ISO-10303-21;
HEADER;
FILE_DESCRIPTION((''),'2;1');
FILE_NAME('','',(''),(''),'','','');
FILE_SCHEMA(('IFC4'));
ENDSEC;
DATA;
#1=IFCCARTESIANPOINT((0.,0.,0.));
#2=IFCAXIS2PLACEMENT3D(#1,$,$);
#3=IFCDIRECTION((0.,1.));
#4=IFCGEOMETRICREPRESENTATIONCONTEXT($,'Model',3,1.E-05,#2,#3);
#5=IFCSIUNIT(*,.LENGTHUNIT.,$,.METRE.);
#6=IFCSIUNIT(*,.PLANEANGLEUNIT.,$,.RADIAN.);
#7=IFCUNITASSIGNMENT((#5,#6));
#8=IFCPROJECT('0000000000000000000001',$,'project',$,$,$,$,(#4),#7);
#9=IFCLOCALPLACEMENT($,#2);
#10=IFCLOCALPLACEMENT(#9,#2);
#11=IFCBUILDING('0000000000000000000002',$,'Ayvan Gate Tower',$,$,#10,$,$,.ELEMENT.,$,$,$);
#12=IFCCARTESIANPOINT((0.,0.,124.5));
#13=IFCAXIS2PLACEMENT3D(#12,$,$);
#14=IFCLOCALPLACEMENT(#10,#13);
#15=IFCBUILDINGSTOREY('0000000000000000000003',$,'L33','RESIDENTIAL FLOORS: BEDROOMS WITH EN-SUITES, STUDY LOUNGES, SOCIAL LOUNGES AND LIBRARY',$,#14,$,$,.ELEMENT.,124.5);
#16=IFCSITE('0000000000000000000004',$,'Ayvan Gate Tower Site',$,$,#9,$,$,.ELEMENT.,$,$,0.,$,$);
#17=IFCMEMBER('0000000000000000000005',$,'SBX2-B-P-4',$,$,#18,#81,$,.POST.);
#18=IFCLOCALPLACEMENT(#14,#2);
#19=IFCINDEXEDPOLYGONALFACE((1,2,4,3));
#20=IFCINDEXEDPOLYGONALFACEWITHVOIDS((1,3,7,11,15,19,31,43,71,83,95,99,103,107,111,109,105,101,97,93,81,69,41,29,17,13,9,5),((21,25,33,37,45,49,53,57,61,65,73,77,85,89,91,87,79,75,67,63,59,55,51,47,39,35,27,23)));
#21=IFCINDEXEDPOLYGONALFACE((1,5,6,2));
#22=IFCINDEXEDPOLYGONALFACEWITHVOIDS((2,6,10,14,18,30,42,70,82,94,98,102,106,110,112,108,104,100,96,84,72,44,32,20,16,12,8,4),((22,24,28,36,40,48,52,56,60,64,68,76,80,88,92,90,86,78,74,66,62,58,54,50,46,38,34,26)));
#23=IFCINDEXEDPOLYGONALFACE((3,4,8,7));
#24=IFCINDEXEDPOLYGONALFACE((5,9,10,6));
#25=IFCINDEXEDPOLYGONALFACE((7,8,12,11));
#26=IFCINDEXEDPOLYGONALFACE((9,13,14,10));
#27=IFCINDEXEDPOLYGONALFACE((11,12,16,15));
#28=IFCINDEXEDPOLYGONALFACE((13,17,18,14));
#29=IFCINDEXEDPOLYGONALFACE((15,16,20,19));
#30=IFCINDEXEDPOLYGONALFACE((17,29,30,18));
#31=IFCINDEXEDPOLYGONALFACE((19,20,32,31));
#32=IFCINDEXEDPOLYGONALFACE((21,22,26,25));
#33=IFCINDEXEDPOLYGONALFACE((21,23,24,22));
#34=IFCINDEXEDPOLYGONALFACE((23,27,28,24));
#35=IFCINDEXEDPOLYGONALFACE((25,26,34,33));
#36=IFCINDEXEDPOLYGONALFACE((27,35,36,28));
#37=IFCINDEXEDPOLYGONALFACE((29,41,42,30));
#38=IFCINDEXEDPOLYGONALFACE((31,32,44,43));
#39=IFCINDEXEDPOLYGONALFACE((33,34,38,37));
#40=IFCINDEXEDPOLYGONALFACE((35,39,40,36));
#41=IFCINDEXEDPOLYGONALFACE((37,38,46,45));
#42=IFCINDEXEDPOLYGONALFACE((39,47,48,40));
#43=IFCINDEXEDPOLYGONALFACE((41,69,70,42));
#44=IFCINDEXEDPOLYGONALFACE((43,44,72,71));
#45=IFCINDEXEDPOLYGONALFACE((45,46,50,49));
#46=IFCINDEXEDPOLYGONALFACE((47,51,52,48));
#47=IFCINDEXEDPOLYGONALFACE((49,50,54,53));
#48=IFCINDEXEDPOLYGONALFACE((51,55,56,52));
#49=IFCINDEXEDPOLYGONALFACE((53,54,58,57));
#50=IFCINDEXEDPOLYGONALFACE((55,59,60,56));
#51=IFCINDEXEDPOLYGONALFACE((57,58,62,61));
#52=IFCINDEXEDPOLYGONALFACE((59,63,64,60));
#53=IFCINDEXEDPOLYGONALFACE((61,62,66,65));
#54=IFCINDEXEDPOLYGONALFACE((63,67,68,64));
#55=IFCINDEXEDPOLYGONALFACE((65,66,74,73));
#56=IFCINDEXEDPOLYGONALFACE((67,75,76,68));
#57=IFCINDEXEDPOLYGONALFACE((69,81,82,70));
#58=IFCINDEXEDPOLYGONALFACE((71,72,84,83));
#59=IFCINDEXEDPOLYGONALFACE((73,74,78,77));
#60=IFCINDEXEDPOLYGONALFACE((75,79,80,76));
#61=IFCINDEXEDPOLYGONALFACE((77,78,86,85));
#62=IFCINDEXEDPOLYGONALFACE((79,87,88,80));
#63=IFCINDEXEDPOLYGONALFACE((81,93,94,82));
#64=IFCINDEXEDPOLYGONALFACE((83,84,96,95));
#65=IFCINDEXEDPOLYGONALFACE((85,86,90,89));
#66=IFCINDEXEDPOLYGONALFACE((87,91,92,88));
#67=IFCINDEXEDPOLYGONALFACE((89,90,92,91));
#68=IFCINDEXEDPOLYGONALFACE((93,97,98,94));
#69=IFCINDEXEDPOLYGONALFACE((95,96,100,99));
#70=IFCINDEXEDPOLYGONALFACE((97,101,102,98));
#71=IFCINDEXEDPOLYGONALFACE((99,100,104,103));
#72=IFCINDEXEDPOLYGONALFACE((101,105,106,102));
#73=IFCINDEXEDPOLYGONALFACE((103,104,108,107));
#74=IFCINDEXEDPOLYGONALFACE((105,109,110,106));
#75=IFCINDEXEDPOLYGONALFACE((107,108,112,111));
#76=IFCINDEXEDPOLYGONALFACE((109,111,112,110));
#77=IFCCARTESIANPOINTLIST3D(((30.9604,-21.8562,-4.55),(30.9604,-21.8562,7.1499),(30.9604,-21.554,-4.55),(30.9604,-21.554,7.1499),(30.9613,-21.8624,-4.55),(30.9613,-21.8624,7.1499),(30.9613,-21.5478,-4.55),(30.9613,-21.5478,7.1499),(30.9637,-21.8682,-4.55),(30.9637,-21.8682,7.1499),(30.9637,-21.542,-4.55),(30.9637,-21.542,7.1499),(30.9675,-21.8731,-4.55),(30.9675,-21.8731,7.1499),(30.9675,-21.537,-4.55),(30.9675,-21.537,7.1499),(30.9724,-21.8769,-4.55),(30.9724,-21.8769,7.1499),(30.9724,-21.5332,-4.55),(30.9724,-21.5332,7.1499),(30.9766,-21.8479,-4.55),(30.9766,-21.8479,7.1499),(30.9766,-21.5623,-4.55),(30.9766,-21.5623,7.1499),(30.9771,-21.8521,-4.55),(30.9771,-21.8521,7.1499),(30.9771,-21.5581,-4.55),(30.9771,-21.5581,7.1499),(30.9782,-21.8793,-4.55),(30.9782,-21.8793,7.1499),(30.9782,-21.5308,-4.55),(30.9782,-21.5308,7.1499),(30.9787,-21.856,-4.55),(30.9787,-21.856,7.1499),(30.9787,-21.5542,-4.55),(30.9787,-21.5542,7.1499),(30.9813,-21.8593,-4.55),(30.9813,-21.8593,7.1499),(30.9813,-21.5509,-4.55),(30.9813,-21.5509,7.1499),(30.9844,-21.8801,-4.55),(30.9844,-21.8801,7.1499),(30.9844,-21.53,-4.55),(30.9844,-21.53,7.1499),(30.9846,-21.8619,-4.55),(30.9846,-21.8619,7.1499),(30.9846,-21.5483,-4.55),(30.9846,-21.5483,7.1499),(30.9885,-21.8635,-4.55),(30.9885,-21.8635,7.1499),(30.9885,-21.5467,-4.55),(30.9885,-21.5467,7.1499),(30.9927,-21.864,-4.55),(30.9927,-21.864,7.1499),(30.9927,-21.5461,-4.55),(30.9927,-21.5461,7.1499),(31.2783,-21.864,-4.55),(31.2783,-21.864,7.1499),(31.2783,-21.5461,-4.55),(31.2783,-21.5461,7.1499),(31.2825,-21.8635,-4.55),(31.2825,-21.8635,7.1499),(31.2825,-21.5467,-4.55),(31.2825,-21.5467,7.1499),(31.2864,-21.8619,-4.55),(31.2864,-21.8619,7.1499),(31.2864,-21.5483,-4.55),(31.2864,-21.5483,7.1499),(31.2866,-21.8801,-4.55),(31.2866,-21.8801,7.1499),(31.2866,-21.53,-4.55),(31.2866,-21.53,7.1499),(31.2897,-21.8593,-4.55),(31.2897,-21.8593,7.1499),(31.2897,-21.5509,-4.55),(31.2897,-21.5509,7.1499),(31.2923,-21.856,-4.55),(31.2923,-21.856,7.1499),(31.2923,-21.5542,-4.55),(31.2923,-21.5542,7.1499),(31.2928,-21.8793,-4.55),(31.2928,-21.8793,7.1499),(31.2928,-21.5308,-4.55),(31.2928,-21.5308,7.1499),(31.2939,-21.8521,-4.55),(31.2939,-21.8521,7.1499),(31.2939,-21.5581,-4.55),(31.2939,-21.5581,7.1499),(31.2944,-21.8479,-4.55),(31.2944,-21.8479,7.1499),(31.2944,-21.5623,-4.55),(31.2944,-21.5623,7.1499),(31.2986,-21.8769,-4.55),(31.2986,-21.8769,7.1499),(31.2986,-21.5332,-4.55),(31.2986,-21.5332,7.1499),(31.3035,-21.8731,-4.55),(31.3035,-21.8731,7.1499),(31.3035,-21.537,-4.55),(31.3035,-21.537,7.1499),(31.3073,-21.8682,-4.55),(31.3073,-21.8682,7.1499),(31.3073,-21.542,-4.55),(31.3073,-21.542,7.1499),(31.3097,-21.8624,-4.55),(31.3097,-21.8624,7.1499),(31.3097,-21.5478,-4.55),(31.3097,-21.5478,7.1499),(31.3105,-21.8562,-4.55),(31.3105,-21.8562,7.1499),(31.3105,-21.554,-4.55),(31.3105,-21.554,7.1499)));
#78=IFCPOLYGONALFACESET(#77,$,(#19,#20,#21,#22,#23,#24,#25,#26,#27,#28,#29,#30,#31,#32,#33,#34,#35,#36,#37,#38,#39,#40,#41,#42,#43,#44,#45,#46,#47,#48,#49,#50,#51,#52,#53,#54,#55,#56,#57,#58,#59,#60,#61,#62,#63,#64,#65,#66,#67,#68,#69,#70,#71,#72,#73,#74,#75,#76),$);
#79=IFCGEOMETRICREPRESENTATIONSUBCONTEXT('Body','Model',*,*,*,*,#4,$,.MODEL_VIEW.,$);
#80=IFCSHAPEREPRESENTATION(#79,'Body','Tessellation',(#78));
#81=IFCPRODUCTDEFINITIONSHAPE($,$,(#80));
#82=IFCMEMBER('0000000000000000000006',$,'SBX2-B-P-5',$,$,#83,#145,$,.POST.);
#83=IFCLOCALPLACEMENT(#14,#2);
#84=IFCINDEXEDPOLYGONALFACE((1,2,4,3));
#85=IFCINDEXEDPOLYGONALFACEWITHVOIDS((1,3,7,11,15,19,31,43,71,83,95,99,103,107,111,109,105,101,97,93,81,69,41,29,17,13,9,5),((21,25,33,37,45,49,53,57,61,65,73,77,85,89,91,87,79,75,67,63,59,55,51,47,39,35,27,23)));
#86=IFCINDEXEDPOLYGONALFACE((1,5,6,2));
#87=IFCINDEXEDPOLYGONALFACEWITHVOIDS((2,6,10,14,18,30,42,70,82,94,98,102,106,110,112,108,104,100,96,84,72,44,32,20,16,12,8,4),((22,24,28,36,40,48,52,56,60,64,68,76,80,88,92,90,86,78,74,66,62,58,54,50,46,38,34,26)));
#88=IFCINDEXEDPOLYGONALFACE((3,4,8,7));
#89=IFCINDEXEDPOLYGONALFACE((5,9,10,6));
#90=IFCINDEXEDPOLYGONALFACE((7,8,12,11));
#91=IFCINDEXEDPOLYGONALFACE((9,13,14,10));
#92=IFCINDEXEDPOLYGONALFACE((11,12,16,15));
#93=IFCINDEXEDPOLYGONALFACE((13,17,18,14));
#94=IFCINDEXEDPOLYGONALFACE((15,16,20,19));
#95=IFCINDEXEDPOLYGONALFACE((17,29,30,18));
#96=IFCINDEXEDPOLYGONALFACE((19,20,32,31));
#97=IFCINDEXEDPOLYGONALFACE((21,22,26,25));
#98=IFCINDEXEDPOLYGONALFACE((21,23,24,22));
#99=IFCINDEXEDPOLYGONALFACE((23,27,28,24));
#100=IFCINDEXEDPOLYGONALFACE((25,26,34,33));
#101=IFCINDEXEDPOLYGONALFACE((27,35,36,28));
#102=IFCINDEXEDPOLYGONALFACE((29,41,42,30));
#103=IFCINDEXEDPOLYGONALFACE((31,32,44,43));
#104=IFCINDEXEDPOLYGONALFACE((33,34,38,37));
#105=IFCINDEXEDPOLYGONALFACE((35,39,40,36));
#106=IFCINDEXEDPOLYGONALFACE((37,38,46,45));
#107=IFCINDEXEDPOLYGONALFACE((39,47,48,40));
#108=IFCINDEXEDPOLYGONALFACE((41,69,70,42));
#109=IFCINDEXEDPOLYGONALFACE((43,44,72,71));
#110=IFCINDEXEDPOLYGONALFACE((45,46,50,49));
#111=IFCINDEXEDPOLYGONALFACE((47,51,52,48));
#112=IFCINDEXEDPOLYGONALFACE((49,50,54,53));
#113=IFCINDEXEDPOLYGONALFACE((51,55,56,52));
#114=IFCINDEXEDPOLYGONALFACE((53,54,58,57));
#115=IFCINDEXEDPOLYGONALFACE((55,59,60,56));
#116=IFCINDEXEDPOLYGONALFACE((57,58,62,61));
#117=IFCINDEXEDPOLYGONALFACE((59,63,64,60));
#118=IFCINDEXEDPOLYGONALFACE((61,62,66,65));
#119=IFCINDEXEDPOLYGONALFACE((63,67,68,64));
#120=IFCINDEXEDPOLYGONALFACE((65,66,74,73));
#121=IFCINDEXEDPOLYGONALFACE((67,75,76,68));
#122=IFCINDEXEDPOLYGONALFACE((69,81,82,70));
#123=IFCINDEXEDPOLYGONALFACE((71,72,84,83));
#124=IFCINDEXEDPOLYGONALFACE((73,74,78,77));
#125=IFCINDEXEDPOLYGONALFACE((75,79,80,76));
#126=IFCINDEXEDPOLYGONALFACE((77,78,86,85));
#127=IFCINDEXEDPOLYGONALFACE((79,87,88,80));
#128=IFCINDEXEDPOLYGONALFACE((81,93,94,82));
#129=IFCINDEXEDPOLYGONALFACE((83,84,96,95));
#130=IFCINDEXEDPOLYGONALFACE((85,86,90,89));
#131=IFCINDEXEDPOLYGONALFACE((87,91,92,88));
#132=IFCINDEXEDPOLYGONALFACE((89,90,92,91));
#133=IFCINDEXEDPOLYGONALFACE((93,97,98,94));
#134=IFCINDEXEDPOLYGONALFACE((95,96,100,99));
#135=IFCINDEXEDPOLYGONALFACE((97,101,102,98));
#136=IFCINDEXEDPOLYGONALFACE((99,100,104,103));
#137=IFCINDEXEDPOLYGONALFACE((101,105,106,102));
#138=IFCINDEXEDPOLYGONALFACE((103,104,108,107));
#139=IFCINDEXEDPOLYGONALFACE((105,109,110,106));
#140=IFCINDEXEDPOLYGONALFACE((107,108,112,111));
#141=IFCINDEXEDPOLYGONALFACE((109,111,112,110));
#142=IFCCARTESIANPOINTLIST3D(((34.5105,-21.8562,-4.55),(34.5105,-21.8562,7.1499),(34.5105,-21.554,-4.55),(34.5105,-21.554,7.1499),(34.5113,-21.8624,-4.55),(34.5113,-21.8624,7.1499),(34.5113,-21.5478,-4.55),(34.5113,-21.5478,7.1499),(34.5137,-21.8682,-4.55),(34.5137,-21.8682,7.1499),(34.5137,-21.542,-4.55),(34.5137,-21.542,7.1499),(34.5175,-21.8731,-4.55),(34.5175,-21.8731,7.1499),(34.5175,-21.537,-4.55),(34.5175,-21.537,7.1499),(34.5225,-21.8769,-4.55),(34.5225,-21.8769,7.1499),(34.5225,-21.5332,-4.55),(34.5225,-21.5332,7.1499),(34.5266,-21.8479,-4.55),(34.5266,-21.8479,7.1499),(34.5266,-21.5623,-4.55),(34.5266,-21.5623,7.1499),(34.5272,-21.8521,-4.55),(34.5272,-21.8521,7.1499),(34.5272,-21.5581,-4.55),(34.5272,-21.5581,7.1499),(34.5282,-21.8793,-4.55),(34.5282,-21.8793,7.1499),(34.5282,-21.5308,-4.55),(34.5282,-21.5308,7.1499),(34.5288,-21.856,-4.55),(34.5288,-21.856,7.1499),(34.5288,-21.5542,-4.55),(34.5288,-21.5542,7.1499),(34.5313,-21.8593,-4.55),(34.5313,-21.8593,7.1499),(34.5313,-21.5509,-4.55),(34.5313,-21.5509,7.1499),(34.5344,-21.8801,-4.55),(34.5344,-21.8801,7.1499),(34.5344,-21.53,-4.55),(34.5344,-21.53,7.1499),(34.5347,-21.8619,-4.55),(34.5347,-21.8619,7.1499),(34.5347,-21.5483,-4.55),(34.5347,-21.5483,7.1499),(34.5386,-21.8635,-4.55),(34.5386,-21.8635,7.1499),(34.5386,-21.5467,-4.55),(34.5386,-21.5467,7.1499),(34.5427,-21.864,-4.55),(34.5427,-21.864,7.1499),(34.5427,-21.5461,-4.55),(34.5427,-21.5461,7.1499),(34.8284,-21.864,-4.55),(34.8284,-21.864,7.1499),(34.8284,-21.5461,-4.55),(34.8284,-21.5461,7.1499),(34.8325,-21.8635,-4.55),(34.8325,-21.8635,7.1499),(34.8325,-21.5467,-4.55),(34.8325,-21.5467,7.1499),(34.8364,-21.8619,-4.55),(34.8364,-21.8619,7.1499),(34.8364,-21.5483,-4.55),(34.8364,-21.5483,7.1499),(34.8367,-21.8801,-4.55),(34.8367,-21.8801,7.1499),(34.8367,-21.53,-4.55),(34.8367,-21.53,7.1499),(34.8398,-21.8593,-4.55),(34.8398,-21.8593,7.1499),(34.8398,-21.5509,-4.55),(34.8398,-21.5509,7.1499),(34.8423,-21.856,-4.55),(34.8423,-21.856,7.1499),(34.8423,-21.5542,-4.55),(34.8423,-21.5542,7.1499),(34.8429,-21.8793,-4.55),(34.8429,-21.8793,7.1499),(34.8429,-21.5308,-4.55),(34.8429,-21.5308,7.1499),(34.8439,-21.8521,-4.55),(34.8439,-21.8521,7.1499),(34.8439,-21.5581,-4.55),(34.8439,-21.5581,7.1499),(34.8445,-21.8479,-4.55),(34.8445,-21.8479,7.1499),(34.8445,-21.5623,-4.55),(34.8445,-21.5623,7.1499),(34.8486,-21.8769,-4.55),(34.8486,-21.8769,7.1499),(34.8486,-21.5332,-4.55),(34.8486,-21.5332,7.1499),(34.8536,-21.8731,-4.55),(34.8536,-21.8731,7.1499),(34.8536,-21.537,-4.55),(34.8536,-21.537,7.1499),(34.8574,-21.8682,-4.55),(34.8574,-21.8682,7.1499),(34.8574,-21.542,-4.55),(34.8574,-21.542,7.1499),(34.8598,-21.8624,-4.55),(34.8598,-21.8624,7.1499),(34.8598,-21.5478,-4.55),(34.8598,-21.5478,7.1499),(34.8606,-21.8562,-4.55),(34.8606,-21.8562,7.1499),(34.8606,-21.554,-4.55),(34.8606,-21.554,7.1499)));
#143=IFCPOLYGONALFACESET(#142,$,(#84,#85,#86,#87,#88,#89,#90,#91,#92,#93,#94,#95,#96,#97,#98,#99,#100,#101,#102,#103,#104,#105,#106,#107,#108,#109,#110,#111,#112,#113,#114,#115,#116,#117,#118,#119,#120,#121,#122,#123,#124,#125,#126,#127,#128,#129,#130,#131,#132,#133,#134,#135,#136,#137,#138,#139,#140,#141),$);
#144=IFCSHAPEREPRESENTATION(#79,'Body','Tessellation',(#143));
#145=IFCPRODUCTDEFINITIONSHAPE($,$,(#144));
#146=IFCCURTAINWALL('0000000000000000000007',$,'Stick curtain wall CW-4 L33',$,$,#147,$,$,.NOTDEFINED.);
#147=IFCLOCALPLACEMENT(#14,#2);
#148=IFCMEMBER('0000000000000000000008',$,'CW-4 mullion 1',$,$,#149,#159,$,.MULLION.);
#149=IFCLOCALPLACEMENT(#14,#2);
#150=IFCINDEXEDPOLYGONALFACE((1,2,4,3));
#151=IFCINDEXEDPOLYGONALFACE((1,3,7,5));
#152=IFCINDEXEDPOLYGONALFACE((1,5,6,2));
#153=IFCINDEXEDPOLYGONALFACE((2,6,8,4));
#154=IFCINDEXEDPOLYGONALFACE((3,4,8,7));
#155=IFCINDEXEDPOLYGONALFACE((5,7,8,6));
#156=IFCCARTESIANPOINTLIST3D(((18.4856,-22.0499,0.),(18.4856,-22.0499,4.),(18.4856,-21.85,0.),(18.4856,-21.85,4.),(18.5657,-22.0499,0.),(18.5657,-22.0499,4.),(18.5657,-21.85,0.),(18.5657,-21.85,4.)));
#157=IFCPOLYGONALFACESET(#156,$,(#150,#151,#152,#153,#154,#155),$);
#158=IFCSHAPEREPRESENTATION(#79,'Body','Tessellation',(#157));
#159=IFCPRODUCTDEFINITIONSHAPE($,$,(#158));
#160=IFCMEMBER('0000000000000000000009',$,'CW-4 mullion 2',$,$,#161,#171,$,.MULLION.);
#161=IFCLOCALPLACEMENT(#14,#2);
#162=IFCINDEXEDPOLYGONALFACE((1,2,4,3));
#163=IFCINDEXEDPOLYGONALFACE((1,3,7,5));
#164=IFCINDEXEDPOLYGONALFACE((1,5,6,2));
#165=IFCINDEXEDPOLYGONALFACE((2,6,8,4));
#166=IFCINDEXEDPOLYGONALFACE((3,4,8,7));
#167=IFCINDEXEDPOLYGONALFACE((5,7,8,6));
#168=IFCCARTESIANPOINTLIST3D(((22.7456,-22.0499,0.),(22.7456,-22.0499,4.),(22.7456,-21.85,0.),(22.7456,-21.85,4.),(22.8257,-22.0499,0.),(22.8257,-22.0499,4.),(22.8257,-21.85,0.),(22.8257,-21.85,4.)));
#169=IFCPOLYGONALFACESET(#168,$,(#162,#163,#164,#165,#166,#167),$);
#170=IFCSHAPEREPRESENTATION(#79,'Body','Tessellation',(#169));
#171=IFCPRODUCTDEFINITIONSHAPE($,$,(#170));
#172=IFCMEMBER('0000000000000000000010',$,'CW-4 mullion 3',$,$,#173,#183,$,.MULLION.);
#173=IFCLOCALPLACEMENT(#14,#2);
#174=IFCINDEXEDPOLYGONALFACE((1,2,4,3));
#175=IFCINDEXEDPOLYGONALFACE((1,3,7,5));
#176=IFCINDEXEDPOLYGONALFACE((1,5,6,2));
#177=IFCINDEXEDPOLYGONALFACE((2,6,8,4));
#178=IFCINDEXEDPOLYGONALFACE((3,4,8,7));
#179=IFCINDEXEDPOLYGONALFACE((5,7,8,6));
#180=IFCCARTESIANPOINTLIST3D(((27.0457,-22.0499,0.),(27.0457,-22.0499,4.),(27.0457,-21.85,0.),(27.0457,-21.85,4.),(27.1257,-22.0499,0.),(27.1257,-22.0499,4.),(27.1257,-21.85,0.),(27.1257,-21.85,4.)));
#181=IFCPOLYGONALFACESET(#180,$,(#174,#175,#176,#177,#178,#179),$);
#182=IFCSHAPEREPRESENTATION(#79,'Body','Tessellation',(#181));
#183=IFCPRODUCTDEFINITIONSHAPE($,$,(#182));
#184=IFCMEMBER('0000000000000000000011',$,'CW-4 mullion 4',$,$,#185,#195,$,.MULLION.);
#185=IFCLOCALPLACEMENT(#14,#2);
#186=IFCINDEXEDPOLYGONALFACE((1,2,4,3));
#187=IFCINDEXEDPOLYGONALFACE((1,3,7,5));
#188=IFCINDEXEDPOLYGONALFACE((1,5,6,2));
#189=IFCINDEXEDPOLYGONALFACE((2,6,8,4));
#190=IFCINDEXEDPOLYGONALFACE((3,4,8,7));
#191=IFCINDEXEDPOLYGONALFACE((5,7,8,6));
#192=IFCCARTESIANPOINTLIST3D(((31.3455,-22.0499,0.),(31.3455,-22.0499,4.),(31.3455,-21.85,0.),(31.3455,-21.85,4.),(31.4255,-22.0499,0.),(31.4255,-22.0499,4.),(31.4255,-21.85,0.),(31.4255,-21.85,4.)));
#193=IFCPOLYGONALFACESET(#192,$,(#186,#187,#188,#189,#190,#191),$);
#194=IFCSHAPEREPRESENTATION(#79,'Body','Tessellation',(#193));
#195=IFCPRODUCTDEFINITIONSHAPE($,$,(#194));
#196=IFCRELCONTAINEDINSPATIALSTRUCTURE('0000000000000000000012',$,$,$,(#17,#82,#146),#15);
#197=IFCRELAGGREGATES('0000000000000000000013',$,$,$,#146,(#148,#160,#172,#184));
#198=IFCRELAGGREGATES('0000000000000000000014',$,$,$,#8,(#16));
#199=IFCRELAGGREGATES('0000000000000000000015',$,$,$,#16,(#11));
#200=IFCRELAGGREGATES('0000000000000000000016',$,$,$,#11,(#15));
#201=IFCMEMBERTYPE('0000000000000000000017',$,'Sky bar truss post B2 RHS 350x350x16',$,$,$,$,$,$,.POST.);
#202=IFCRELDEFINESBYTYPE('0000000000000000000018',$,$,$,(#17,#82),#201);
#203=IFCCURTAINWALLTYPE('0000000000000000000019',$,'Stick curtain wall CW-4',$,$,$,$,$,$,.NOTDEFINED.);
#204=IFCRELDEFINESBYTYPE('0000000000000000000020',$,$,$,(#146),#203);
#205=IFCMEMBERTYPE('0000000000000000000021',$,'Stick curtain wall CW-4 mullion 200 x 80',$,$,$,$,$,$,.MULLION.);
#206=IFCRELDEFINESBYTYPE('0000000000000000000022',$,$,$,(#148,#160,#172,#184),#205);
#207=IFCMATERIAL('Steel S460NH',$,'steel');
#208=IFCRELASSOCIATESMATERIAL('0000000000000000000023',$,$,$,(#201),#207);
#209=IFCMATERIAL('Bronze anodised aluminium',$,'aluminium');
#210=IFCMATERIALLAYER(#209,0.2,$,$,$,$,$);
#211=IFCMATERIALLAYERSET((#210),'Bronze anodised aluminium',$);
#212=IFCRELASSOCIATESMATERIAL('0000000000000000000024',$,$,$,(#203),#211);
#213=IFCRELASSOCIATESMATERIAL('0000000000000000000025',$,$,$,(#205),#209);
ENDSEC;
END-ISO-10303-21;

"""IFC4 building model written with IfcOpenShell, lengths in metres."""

from ifc_helpers import new_model, si_unit, direction, frame, origin, origin_2d, place, context, subcontext, project, spatial, rectangle, hollow_rectangle, extrude, material, layer, layer_set, material_profile, profile_set, type_object, element, aggregate, save


model = new_model("IFC4")

# Units and contexts
model_context = context("Model", 3, precision=1e-05, world=origin(), true_north=direction((0.0, 1.0)))
body_context = subcontext(model_context, "Body", "Model", "MODEL_VIEW")
ifc_project = project(units=[si_unit("LENGTHUNIT", "METRE"), si_unit("PLANEANGLEUNIT", "RADIAN")], contexts=[model_context])

# Site, building, storey
site_placement = place(None, origin())
site = spatial("IfcSite", under=ifc_project, at=site_placement, Name="Ayvan Gate Tower Site", CompositionType="ELEMENT", RefElevation=0.0)
building_placement = place(site_placement, origin())
building = spatial("IfcBuilding", under=site, at=building_placement, Name="Ayvan Gate Tower", CompositionType="ELEMENT")
storey_placement = place(building_placement, frame((0.0, 0.0, 124.5)))
storey = spatial("IfcBuildingStorey", under=building, at=storey_placement, Name="L33", Description="RESIDENTIAL FLOORS: BEDROOMS WITH EN-SUITES, STUDY LOUNGES, SOCIAL LOUNGES AND LIBRARY", CompositionType="ELEMENT", Elevation=124.5)

# Members
ifc_material_1 = material(Name="Steel S460NH", Category="steel")
ifc_material_profile_1 = material_profile(ifc_material_1, hollow_rectangle(XDim=0.3501, YDim=0.3501, WallThickness=0.0161, InnerFilletRadius=0.0161, OuterFilletRadius=0.0239, at=origin_2d()), Name="RHS 350x350x16")
ifc_profile_set_1 = profile_set([ifc_material_profile_1], Name="Steel S460NH")
member_type_1 = type_object("IfcMemberType", Name="Sky bar truss post B2 RHS 350x350x16", PredefinedType="POST", material=ifc_profile_set_1)
for number, where, z_axis, x_axis, name in (
    (1, (31.1355, -21.7051, -4.55), (0.0, 0.0, 1.0), (1.0, 0.0, 0.0), "SBX2-B-P-4"),
    (2, (34.6855, -21.7051, -4.55), (0.0, 0.0, 1.0), (1.0, 0.0, 0.0), "SBX2-B-P-5"),
):
    element("IfcMember", number, at=place(storey_placement, frame(where, z_axis=z_axis, x_axis=x_axis)), inside=storey, type_object=member_type_1, Name=name, PredefinedType="POST", context=body_context, shape_type="SweptSolid", body=[
        extrude(hollow_rectangle(XDim=0.3501, YDim=0.3501, WallThickness=0.0161, InnerFilletRadius=0.0161, OuterFilletRadius=0.0239, at=origin_2d()), origin(), (0.0, 0.0, 1.0), 11.7),
    ])

# Curtain wall, members
ifc_material_2 = material(Name="Bronze anodised aluminium", Category="aluminium")
ifc_layer_1 = layer(ifc_material_2, 0.2)
ifc_layer_set_1 = layer_set([ifc_layer_1], Name="Bronze anodised aluminium")
curtain_wall_type = type_object("IfcCurtainWallType", Name="Stick curtain wall CW-4", PredefinedType="NOTDEFINED", material=ifc_layer_set_1)
curtain_wall_1_placement = place(storey_placement, origin())
curtain_wall_1 = element("IfcCurtainWall", 3, at=curtain_wall_1_placement, inside=storey, type_object=curtain_wall_type, Name="Stick curtain wall CW-4 L33", PredefinedType="NOTDEFINED")
ifc_material_profile_2 = material_profile(ifc_material_2, rectangle(XDim=0.2, YDim=0.0801, at=origin_2d()), Name="Stick curtain wall CW-4 mullion 200 x 80")
ifc_profile_set_2 = profile_set([ifc_material_profile_2], Name="Bronze anodised aluminium")
member_type_2 = type_object("IfcMemberType", Name="Stick curtain wall CW-4 mullion 200 x 80", PredefinedType="MULLION", material=ifc_profile_set_2)
member_1_placement = place(storey_placement, frame((18.5256, -21.95, 0.0), z_axis=(0.0, 0.0, 1.0), x_axis=(0.0, -1.0, 0.0)))
member_1 = element("IfcMember", 4, at=member_1_placement, type_object=member_type_2, Name="CW-4 mullion 1", PredefinedType="MULLION", context=body_context, shape_type="SweptSolid", body=[
    extrude(rectangle(XDim=0.2, YDim=0.0801, at=origin_2d()), origin(), (0.0, 0.0, 1.0), 4.0),
])
member_2_placement = place(storey_placement, frame((22.7856, -21.95, 0.0), z_axis=(0.0, 0.0, 1.0), x_axis=(0.0, -1.0, 0.0)))
member_2 = element("IfcMember", 5, at=member_2_placement, type_object=member_type_2, Name="CW-4 mullion 2", PredefinedType="MULLION", context=body_context, shape_type="SweptSolid", body=[
    extrude(rectangle(XDim=0.2, YDim=0.0801, at=origin_2d()), origin(), (0.0, 0.0, 1.0), 4.0),
])
member_3_placement = place(storey_placement, frame((27.0857, -21.95, 0.0), z_axis=(0.0, 0.0, 1.0), x_axis=(0.0, -1.0, 0.0)))
member_3 = element("IfcMember", 6, at=member_3_placement, type_object=member_type_2, Name="CW-4 mullion 3", PredefinedType="MULLION", context=body_context, shape_type="SweptSolid", body=[
    extrude(rectangle(XDim=0.2, YDim=0.0801, at=origin_2d()), origin(), (0.0, 0.0, 1.0), 4.0),
])
member_4_placement = place(storey_placement, frame((31.3855, -21.95, 0.0), z_axis=(0.0, 0.0, 1.0), x_axis=(0.0, -1.0, 0.0)))
member_4 = element("IfcMember", 7, at=member_4_placement, type_object=member_type_2, Name="CW-4 mullion 4", PredefinedType="MULLION", context=body_context, shape_type="SweptSolid", body=[
    extrude(rectangle(XDim=0.2, YDim=0.0801, at=origin_2d()), origin(), (0.0, 0.0, 1.0), 4.0),
])

aggregate(curtain_wall_1, [member_1, member_2, member_3, member_4])

save(model, "model.ifc")
